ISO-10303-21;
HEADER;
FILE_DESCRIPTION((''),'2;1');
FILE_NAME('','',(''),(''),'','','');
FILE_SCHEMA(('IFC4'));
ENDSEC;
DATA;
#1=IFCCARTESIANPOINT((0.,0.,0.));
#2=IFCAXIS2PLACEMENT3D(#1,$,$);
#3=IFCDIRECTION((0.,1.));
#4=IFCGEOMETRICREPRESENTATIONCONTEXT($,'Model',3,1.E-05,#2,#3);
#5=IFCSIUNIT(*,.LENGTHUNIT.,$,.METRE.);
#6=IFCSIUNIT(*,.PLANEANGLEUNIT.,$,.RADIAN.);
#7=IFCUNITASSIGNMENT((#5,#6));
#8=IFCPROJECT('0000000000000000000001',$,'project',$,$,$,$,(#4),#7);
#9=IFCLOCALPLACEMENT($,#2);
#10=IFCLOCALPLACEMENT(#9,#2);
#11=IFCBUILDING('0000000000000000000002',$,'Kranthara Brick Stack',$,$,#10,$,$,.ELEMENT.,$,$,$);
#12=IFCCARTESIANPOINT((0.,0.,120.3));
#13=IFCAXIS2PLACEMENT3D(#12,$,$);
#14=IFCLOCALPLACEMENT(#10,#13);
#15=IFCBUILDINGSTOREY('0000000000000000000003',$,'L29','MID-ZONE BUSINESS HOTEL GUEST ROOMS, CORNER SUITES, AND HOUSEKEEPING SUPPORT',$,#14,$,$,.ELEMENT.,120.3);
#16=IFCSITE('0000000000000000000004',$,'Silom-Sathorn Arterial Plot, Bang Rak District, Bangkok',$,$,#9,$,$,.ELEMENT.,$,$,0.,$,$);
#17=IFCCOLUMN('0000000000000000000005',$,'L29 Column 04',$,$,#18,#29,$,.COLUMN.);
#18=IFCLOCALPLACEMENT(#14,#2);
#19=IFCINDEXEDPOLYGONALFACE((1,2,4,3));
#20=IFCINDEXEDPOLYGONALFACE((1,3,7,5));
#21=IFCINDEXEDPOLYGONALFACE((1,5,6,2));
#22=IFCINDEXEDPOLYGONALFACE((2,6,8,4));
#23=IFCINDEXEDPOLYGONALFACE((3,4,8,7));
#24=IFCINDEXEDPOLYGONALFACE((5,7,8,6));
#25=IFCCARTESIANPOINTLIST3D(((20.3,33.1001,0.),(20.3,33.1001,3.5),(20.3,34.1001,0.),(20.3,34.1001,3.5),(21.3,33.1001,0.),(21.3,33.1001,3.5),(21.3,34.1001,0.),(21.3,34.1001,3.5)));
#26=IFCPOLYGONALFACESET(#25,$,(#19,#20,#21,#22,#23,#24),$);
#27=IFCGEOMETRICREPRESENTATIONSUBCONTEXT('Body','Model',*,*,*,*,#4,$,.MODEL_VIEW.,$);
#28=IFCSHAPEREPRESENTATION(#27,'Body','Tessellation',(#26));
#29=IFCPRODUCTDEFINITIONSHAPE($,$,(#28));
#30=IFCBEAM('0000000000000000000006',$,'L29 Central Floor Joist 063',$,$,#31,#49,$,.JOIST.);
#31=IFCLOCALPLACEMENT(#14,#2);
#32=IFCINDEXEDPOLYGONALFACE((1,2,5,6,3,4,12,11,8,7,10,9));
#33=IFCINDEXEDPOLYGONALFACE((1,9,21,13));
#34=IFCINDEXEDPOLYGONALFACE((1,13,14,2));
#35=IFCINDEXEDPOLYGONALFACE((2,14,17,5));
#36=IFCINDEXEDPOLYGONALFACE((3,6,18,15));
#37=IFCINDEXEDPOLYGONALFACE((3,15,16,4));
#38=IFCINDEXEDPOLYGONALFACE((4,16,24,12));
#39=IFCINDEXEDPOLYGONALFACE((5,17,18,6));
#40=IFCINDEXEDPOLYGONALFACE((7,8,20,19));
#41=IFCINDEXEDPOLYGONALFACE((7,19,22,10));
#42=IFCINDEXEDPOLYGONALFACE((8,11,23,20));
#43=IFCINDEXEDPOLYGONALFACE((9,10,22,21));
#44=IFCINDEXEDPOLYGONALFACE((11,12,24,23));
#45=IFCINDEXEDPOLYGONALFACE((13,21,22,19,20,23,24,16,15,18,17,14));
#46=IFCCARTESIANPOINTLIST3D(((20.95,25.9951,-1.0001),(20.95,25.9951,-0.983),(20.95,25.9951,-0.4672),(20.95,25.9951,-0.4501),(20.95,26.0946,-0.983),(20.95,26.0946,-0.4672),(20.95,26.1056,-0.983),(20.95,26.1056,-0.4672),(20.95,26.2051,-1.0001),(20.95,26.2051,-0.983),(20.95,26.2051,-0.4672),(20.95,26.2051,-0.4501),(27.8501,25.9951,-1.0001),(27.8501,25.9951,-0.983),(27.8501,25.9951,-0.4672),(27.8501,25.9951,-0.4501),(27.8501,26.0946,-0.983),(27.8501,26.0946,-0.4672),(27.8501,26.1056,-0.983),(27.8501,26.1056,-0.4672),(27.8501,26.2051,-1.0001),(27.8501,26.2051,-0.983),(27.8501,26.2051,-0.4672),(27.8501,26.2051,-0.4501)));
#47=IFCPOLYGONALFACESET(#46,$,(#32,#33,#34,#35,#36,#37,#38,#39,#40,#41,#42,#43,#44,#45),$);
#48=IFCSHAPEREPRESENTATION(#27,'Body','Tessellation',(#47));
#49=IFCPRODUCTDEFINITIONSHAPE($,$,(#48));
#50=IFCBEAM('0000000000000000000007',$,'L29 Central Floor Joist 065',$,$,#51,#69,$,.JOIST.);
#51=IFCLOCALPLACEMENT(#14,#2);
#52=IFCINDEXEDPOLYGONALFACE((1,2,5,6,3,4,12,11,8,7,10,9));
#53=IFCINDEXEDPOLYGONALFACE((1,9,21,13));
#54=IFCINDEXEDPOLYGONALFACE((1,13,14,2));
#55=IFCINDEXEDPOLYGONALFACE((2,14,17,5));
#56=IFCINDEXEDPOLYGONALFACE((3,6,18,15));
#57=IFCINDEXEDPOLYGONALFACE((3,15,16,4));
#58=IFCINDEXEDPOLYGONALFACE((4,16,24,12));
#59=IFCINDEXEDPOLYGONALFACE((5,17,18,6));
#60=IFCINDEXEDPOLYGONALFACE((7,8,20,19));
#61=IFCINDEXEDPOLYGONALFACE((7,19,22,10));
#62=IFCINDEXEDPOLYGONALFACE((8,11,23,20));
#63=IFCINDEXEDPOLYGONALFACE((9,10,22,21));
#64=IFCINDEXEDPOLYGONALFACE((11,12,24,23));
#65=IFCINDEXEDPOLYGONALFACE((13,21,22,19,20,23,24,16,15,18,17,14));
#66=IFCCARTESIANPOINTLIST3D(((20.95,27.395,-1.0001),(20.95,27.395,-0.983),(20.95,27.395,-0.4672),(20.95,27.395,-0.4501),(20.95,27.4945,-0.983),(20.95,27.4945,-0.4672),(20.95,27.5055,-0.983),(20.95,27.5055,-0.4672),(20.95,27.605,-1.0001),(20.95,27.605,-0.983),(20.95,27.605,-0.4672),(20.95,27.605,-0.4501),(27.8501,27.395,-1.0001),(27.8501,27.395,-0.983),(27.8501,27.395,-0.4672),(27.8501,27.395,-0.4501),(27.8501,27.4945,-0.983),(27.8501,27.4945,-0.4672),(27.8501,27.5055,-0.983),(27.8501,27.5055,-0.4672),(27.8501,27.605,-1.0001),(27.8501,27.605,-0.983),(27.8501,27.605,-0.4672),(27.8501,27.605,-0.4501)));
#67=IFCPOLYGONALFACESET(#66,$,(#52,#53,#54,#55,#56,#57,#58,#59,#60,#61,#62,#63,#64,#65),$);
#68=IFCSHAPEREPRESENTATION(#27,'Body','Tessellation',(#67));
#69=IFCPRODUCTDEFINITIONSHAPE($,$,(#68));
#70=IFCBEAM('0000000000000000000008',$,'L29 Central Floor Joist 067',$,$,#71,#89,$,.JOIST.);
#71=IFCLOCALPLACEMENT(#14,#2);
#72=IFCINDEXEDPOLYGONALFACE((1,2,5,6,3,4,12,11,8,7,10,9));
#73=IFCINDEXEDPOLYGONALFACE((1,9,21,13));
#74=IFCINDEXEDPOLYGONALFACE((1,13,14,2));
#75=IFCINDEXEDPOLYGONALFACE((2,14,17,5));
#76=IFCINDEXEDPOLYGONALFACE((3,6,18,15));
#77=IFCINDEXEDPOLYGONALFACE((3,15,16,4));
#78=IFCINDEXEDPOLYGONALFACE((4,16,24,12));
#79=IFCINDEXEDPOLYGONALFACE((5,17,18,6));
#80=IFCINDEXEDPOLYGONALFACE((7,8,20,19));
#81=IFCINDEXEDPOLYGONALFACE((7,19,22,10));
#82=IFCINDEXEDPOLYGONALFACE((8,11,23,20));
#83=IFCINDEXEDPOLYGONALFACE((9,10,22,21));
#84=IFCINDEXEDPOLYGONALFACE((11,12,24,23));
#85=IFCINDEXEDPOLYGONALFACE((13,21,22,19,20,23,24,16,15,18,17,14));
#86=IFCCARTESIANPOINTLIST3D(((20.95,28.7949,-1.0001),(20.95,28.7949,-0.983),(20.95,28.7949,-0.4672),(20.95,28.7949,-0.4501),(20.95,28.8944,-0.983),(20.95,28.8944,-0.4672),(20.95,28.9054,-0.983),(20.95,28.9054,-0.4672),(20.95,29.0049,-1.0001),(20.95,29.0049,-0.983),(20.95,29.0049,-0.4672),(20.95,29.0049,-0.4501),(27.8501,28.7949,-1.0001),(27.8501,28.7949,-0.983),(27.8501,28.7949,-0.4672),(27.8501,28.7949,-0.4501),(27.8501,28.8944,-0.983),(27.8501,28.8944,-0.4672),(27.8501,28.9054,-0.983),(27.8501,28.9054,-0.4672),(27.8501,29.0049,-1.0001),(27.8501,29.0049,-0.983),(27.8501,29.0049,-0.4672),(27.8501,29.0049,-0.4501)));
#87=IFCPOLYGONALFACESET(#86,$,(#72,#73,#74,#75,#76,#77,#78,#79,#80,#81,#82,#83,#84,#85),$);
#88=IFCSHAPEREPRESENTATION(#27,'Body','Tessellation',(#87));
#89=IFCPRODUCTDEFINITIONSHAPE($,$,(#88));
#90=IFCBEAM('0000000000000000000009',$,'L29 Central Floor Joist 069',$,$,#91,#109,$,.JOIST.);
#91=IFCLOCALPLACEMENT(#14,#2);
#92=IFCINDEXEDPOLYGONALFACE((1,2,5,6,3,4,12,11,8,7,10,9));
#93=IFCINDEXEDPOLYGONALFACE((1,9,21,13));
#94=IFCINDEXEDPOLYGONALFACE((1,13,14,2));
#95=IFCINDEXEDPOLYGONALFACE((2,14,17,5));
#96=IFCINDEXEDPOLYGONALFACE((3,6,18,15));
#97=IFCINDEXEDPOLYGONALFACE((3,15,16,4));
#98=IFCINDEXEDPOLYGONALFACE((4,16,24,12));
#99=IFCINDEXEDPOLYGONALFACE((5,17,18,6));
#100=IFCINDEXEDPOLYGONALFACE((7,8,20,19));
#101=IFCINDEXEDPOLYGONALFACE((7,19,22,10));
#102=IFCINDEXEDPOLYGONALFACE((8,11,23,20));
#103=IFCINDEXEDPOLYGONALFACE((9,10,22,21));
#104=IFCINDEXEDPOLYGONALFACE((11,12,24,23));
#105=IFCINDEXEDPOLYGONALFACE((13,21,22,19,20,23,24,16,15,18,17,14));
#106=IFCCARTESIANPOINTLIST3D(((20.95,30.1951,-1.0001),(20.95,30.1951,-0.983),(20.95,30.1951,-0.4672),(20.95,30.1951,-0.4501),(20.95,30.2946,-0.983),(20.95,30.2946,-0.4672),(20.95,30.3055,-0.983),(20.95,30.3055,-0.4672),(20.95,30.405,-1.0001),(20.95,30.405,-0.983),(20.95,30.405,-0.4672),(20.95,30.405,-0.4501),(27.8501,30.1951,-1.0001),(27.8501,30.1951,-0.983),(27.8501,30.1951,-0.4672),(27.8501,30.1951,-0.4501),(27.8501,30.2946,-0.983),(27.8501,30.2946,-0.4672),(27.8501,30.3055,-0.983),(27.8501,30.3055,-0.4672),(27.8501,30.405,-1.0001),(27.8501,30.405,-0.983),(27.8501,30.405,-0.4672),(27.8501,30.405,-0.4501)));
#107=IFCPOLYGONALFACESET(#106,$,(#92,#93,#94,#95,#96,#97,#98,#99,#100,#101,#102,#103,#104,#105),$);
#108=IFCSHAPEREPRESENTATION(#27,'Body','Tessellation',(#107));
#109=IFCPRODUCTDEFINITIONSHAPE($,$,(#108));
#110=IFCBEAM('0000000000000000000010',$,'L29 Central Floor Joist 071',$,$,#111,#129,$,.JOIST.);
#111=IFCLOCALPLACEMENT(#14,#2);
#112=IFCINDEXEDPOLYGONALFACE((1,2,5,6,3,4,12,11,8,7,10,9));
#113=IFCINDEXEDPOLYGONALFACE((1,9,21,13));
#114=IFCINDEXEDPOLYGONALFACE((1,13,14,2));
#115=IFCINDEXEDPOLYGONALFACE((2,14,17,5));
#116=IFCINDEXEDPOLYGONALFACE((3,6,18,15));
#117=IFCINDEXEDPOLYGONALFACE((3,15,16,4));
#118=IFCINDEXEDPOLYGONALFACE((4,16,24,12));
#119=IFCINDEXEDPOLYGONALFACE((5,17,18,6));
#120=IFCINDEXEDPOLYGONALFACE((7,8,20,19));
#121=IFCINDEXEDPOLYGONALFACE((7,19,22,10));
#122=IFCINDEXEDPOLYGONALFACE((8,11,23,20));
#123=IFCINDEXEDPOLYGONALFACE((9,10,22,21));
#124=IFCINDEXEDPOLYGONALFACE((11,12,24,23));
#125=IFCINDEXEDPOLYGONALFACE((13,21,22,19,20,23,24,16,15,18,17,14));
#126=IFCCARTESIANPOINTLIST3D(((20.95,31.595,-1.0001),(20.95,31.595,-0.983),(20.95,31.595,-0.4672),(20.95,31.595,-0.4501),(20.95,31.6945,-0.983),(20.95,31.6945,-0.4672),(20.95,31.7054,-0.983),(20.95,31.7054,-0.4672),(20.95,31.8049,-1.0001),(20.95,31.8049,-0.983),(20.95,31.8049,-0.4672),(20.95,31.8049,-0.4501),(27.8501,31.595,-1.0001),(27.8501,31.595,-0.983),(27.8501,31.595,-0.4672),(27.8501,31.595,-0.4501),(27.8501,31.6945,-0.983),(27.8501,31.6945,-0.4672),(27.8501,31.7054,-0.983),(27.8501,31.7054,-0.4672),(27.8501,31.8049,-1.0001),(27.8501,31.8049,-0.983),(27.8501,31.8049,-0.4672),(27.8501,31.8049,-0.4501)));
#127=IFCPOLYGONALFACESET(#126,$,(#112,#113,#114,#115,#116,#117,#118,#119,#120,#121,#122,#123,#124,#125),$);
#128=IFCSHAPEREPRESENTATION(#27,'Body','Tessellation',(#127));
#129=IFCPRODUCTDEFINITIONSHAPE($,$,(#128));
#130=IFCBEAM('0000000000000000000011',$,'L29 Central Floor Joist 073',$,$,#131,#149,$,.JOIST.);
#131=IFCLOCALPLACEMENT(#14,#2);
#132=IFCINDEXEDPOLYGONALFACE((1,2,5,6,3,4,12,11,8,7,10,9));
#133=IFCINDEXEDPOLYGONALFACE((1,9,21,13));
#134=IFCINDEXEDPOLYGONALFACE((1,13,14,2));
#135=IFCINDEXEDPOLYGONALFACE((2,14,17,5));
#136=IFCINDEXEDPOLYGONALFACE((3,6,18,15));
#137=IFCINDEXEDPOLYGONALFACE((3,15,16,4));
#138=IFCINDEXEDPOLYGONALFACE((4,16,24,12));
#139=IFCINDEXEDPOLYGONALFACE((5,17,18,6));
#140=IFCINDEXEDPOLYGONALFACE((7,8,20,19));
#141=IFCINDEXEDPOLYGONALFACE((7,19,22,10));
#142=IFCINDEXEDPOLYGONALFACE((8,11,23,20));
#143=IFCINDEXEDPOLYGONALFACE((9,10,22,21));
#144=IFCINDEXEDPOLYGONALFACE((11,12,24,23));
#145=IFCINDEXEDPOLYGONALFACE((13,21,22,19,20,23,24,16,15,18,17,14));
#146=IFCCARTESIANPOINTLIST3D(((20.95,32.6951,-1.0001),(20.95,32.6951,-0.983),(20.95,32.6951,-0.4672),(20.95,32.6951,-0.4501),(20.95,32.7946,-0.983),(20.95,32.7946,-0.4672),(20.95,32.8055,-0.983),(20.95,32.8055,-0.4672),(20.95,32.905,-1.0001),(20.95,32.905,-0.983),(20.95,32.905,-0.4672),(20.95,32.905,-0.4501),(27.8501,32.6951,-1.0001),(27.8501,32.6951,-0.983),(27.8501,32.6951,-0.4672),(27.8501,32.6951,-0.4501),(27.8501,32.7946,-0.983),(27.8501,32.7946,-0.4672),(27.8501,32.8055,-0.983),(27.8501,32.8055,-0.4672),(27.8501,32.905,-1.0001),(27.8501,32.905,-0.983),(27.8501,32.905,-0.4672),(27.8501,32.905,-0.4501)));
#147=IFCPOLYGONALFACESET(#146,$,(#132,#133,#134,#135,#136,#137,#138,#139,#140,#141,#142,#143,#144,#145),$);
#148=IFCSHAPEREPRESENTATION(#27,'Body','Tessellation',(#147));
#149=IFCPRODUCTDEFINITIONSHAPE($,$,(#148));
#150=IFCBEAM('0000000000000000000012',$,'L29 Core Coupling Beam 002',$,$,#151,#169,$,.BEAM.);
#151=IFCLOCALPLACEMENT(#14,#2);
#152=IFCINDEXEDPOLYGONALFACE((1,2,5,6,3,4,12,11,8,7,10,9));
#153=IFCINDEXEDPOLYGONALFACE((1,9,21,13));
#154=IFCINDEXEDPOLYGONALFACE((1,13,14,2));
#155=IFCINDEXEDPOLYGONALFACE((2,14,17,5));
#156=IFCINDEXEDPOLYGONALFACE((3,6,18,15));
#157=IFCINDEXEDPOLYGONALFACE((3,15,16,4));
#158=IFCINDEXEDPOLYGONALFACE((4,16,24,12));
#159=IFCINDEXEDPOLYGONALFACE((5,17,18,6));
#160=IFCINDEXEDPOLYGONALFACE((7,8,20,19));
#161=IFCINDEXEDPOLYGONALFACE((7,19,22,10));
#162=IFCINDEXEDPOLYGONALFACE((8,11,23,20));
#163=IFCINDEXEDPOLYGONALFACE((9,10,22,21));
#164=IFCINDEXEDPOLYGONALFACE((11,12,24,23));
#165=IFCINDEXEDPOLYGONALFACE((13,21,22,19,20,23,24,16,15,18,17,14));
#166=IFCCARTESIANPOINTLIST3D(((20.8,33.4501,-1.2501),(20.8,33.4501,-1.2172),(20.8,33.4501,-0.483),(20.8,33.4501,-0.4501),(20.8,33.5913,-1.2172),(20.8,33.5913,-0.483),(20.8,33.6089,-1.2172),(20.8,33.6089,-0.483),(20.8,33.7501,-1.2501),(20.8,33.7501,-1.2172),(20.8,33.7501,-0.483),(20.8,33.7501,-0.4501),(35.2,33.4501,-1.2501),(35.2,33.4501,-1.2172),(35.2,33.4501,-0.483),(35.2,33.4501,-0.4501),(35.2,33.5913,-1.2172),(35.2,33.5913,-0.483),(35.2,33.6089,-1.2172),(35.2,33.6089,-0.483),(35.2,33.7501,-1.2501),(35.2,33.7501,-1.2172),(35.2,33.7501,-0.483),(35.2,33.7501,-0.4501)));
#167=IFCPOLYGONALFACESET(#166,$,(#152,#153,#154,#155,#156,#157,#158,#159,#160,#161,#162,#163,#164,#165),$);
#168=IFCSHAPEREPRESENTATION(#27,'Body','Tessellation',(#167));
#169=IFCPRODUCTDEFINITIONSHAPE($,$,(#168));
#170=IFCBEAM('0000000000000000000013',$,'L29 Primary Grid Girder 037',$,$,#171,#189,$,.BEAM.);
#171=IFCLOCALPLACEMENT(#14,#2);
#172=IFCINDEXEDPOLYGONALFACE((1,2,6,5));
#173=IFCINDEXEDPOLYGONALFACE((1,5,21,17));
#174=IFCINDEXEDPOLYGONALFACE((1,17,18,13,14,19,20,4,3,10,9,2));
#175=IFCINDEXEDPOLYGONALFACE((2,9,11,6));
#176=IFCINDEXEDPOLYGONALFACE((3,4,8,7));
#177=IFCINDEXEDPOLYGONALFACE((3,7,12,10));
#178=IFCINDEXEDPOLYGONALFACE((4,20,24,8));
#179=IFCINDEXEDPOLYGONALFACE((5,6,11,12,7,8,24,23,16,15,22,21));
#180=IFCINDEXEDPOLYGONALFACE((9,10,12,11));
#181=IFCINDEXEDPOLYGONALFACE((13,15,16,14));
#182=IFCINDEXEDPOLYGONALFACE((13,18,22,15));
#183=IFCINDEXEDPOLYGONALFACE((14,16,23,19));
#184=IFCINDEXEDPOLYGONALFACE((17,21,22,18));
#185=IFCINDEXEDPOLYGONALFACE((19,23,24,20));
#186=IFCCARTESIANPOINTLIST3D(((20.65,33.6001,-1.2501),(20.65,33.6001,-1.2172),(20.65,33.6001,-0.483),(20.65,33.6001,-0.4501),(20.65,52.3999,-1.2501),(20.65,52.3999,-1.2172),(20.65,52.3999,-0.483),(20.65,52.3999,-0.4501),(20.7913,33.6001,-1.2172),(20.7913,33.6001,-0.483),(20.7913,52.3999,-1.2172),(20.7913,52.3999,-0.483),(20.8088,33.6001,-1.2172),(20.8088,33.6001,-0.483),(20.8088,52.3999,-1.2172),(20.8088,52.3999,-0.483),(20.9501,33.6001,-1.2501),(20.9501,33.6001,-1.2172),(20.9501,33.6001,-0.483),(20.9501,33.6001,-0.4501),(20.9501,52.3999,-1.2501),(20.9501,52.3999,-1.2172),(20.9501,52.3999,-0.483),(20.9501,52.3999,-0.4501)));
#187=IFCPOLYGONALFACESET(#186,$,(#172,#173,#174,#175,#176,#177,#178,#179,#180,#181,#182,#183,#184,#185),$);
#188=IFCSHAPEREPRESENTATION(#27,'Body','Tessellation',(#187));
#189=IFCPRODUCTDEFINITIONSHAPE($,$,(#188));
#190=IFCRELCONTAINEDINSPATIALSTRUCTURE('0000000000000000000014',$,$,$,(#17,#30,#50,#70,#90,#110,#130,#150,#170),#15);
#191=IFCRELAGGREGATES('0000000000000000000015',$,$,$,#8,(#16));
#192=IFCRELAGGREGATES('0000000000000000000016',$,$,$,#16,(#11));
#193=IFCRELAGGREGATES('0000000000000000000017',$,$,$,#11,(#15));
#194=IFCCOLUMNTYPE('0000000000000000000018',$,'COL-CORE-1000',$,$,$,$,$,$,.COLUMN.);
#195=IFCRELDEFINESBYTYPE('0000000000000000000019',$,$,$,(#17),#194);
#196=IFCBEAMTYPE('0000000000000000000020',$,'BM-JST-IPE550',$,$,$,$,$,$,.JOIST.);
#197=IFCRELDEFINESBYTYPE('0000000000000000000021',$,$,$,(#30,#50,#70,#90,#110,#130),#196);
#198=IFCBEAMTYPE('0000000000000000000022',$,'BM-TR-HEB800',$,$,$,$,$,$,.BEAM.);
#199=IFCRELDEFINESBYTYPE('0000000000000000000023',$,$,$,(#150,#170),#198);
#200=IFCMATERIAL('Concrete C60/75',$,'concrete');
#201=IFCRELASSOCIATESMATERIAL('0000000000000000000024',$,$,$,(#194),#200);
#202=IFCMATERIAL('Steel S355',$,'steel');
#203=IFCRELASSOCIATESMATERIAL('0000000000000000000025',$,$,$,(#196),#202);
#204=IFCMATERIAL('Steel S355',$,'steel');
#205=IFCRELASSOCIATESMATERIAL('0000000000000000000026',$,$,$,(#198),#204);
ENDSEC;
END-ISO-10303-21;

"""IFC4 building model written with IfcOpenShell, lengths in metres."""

from ifc_helpers import new_model, si_unit, direction, frame, origin, origin_2d, place, context, subcontext, project, spatial, rectangle, i_section, extrude, material, material_profile, profile_set, type_object, element, save


model = new_model("IFC4")

# Units and contexts
model_context = context("Model", 3, precision=1e-05, world=origin(), true_north=direction((0.0, 1.0)))
body_context = subcontext(model_context, "Body", "Model", "MODEL_VIEW")
ifc_project = project(units=[si_unit("LENGTHUNIT", "METRE"), si_unit("PLANEANGLEUNIT", "RADIAN")], contexts=[model_context])

# Site, building, storey
site_placement = place(None, origin())
site = spatial("IfcSite", under=ifc_project, at=site_placement, Name="Silom-Sathorn Arterial Plot, Bang Rak District, Bangkok", CompositionType="ELEMENT", RefElevation=0.0)
building_placement = place(site_placement, origin())
building = spatial("IfcBuilding", under=site, at=building_placement, Name="Kranthara Brick Stack", CompositionType="ELEMENT")
storey_placement = place(building_placement, frame((0.0, 0.0, 120.3)))
storey = spatial("IfcBuildingStorey", under=building, at=storey_placement, Name="L29", Description="MID-ZONE BUSINESS HOTEL GUEST ROOMS, CORNER SUITES, AND HOUSEKEEPING SUPPORT", CompositionType="ELEMENT", Elevation=120.3)

# Column
ifc_material_1 = material(Name="Concrete C60/75", Category="concrete")
ifc_material_profile_1 = material_profile(ifc_material_1, rectangle(XDim=1.0, YDim=1.0, at=origin_2d()), Name="RC 1000x1000")
ifc_profile_set_1 = profile_set([ifc_material_profile_1], Name="Concrete C60/75")
column_type = type_object("IfcColumnType", Name="COL-CORE-1000", PredefinedType="COLUMN", material=ifc_profile_set_1)
column_placement = place(storey_placement, frame((20.8, 33.6001, 0.0), z_axis=(0.0, 0.0, 1.0), x_axis=(1.0, 0.0, 0.0)))
element("IfcColumn", 1, at=column_placement, inside=storey, type_object=column_type, Name="L29 Column 04", PredefinedType="COLUMN", context=body_context, shape_type="SweptSolid", body=[
    extrude(rectangle(XDim=1.0, YDim=1.0, at=origin_2d()), origin(), (0.0, 0.0, 1.0), 3.5),
])

# Beams
ifc_material_2 = material(Name="Steel S355", Category="steel")
ifc_material_profile_2 = material_profile(ifc_material_2, i_section(OverallWidth=0.21, OverallDepth=0.55, WebThickness=0.011, FlangeThickness=0.0171, at=origin_2d()), Name="IPE 550")
ifc_profile_set_2 = profile_set([ifc_material_profile_2], Name="Steel S355")
beam_type_1 = type_object("IfcBeamType", Name="BM-JST-IPE550", PredefinedType="JOIST", material=ifc_profile_set_2)
for number, where, z_axis, x_axis, name in (
    (2, (20.95, 26.1001, -0.7251), (1.0, 0.0, 0.0), (0.0, 1.0, 0.0), "L29 Central Floor Joist 063"),
    (3, (20.95, 27.5, -0.7251), (1.0, 0.0, 0.0), (0.0, 1.0, 0.0), "L29 Central Floor Joist 065"),
    (4, (20.95, 28.8999, -0.7251), (1.0, 0.0, 0.0), (0.0, 1.0, 0.0), "L29 Central Floor Joist 067"),
    (5, (20.95, 30.3, -0.7251), (1.0, 0.0, 0.0), (0.0, 1.0, 0.0), "L29 Central Floor Joist 069"),
    (6, (20.95, 31.7, -0.7251), (1.0, 0.0, 0.0), (0.0, 1.0, 0.0), "L29 Central Floor Joist 071"),
    (7, (20.95, 32.8, -0.7251), (1.0, 0.0, 0.0), (0.0, 1.0, 0.0), "L29 Central Floor Joist 073"),
):
    element("IfcBeam", number, at=place(storey_placement, frame(where, z_axis=z_axis, x_axis=x_axis)), inside=storey, type_object=beam_type_1, Name=name, PredefinedType="JOIST", context=body_context, shape_type="SweptSolid", body=[
        extrude(i_section(OverallWidth=0.21, OverallDepth=0.55, WebThickness=0.011, FlangeThickness=0.0171, at=origin_2d()), origin(), (0.0, 0.0, 1.0), 6.9001),
    ])
ifc_material_3 = material(Name="Steel S355", Category="steel")
ifc_material_profile_3 = material_profile(ifc_material_3, i_section(OverallWidth=0.3, OverallDepth=0.8, WebThickness=0.0176, FlangeThickness=0.033, at=origin_2d()), Name="HEB 800")
ifc_profile_set_3 = profile_set([ifc_material_profile_3], Name="Steel S355")
beam_type_2 = type_object("IfcBeamType", Name="BM-TR-HEB800", PredefinedType="BEAM", material=ifc_profile_set_3)
beam_1_placement = place(storey_placement, frame((20.8, 33.6001, -0.8501), z_axis=(1.0, 0.0, 0.0), x_axis=(0.0, 1.0, 0.0)))
element("IfcBeam", 8, at=beam_1_placement, inside=storey, type_object=beam_type_2, Name="L29 Core Coupling Beam 002", PredefinedType="BEAM", context=body_context, shape_type="SweptSolid", body=[
    extrude(i_section(OverallWidth=0.3, OverallDepth=0.8, WebThickness=0.0176, FlangeThickness=0.033, at=origin_2d()), origin(), (0.0, 0.0, 1.0), 14.3999),
])
beam_2_placement = place(storey_placement, frame((20.8, 33.6001, -0.8501), z_axis=(0.0, 1.0, 0.0), x_axis=(-1.0, 0.0, 0.0)))
element("IfcBeam", 9, at=beam_2_placement, inside=storey, type_object=beam_type_2, Name="L29 Primary Grid Girder 037", PredefinedType="BEAM", context=body_context, shape_type="SweptSolid", body=[
    extrude(i_section(OverallWidth=0.3, OverallDepth=0.8, WebThickness=0.0176, FlangeThickness=0.033, at=origin_2d()), origin(), (0.0, 0.0, 1.0), 18.7998),
])

save(model, "model.ifc")
